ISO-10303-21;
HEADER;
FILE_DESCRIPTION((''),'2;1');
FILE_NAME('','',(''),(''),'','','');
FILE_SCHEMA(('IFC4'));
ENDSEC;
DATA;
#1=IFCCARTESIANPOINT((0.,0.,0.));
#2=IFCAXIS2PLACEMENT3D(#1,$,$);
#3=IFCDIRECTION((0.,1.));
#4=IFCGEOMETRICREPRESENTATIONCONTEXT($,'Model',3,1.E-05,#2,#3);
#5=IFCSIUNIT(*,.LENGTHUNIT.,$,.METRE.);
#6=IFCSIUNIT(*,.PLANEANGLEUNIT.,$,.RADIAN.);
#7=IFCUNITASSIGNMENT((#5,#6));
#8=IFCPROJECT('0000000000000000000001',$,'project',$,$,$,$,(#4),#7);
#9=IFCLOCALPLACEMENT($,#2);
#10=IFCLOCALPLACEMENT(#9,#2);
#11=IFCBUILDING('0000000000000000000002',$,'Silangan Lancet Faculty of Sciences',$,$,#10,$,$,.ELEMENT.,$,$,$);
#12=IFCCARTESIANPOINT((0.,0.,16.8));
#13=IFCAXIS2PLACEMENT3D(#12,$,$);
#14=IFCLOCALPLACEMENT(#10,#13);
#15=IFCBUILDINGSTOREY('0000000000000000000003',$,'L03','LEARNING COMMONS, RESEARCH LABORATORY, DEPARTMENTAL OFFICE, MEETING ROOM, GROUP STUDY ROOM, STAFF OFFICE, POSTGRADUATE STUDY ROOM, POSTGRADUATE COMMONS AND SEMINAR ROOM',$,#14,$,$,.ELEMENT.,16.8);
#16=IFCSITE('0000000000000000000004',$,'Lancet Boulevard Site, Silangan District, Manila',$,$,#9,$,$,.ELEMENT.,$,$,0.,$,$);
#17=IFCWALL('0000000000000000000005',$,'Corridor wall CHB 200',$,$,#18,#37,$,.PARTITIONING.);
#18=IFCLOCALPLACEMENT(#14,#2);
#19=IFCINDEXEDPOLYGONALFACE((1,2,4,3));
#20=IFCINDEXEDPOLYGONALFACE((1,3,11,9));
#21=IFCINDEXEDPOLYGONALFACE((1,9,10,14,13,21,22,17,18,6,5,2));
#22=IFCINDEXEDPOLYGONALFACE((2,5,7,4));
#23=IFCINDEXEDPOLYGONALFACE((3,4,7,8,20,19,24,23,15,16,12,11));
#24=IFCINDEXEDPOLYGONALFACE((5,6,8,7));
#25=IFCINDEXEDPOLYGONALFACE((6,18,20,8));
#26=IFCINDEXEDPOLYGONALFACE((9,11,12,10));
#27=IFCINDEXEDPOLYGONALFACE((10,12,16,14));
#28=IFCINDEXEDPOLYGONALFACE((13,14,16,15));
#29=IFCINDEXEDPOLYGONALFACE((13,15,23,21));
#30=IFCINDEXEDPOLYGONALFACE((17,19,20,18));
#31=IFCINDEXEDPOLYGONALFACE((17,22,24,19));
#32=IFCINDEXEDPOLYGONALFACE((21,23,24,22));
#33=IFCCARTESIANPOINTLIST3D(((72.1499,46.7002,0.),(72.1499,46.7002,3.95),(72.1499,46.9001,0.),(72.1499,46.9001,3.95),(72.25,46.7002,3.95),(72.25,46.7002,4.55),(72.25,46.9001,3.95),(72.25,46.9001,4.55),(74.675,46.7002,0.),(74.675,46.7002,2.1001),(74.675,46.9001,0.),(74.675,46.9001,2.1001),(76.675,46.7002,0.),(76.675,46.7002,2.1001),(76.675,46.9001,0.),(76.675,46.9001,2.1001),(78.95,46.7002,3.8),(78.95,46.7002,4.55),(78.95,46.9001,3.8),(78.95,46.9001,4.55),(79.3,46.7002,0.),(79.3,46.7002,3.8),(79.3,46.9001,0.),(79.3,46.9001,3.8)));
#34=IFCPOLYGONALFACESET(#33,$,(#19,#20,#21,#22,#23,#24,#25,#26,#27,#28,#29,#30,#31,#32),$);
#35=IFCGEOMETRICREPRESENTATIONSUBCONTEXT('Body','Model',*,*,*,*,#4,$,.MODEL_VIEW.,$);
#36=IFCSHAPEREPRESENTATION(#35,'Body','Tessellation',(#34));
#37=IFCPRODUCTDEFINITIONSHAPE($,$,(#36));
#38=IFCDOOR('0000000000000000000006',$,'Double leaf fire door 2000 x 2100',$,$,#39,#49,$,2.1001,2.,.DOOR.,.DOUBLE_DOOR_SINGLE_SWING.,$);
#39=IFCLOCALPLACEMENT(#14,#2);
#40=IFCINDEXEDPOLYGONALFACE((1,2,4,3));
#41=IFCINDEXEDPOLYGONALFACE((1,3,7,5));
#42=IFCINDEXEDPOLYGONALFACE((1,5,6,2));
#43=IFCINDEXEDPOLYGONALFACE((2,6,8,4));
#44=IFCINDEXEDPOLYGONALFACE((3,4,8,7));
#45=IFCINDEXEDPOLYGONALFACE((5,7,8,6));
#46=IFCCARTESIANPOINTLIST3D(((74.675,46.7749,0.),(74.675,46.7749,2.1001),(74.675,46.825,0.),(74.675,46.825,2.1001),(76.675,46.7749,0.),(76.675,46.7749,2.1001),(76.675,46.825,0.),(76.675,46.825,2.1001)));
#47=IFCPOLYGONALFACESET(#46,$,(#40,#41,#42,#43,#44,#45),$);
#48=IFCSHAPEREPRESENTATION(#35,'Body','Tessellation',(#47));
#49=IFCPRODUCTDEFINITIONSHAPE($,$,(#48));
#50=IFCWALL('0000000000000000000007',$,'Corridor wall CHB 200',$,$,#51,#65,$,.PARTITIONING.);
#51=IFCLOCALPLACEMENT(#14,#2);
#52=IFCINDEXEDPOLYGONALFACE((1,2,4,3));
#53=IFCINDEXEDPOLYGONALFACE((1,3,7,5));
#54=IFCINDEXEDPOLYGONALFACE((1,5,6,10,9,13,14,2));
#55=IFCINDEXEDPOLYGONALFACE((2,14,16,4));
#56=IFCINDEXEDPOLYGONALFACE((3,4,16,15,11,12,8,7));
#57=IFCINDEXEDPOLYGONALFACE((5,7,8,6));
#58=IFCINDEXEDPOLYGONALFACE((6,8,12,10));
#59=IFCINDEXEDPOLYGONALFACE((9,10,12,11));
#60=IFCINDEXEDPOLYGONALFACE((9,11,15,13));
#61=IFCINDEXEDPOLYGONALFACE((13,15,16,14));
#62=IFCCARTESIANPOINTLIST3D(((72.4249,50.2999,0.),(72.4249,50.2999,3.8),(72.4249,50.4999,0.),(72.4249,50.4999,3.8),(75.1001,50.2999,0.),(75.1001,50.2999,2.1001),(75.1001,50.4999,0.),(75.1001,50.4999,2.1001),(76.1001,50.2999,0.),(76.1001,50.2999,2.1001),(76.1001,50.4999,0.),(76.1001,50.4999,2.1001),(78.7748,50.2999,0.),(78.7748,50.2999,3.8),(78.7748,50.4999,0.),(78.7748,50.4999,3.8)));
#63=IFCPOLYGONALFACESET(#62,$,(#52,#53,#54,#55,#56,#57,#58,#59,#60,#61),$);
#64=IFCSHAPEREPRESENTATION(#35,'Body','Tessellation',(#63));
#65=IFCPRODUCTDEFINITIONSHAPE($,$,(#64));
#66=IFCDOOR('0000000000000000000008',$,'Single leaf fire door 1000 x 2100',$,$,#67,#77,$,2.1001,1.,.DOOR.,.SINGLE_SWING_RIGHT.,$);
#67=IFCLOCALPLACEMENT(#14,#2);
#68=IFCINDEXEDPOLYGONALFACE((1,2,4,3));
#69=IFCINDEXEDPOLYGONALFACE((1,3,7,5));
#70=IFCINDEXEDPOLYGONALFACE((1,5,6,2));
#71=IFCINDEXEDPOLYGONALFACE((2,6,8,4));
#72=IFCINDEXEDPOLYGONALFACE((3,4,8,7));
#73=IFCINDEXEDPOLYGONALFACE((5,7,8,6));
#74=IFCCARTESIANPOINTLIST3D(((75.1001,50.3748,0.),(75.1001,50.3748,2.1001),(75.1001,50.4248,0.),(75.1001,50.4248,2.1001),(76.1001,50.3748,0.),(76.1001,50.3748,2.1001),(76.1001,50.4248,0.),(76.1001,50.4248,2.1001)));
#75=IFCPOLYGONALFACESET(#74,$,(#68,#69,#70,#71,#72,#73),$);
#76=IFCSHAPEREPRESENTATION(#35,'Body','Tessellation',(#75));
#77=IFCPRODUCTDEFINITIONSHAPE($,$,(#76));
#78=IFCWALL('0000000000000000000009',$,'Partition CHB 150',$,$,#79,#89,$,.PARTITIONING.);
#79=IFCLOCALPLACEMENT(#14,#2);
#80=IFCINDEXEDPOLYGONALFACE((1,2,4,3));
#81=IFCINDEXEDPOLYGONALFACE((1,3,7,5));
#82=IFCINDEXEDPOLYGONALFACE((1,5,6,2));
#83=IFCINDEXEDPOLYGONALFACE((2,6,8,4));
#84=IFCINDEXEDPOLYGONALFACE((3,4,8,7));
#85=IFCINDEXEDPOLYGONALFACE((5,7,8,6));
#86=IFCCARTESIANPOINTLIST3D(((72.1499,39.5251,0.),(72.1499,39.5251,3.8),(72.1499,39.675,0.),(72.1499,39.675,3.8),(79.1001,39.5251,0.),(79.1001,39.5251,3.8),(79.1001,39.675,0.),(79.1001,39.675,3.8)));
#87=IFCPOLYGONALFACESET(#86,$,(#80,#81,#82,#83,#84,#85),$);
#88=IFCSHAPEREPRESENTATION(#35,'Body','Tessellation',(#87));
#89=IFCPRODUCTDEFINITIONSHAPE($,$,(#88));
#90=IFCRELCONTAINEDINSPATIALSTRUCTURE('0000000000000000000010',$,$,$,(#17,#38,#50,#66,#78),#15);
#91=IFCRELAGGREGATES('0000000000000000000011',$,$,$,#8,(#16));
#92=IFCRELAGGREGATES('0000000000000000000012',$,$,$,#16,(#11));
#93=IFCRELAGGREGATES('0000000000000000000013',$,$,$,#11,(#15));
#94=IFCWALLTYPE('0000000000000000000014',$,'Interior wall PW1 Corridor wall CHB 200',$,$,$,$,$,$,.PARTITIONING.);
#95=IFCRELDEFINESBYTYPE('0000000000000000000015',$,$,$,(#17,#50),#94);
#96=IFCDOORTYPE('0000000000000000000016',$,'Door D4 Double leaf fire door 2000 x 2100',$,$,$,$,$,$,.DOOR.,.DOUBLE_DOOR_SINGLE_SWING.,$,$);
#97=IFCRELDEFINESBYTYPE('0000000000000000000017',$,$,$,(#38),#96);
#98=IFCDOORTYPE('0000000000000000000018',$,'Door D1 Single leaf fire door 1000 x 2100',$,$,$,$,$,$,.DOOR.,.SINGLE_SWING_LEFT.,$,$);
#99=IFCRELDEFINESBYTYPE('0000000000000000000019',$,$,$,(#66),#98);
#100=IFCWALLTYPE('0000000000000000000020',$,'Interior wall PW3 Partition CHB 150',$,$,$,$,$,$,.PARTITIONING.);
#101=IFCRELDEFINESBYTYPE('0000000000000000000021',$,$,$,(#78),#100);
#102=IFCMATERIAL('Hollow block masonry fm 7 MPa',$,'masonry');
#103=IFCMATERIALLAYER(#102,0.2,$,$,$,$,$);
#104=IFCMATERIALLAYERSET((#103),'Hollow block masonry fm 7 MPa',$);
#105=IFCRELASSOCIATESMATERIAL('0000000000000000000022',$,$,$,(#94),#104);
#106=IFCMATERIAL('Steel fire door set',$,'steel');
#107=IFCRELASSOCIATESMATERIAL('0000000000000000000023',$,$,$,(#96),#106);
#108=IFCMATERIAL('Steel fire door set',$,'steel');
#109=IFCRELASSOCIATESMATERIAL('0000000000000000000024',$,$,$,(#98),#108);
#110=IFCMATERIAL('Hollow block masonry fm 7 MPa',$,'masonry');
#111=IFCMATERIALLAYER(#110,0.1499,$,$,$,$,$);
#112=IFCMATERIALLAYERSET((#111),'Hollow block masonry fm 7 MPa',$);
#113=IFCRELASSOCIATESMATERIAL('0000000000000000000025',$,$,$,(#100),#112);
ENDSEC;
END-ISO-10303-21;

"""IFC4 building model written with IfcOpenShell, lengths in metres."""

from ifc_helpers import new_model, si_unit, direction, frame, frame_2d, origin, place, context, subcontext, project, spatial, polyline, rectangle, outline, extrude, material, layer, layer_set, type_object, element, fill, save


model = new_model("IFC4")

# Units and contexts
model_context = context("Model", 3, precision=1e-05, world=origin(), true_north=direction((0.0, 1.0)))
body_context = subcontext(model_context, "Body", "Model", "MODEL_VIEW")
ifc_project = project(units=[si_unit("LENGTHUNIT", "METRE"), si_unit("PLANEANGLEUNIT", "RADIAN")], contexts=[model_context])

# Site, building, storey
site_placement = place(None, origin())
site = spatial("IfcSite", under=ifc_project, at=site_placement, Name="Lancet Boulevard Site, Silangan District, Manila", CompositionType="ELEMENT", RefElevation=0.0)
building_placement = place(site_placement, origin())
building = spatial("IfcBuilding", under=site, at=building_placement, Name="Silangan Lancet Faculty of Sciences", CompositionType="ELEMENT")
storey_placement = place(building_placement, frame((0.0, 0.0, 16.8)))
storey = spatial("IfcBuildingStorey", under=building, at=storey_placement, Name="L03", Description="LEARNING COMMONS, RESEARCH LABORATORY, DEPARTMENTAL OFFICE, MEETING ROOM, GROUP STUDY ROOM, STAFF OFFICE, POSTGRADUATE STUDY ROOM, POSTGRADUATE COMMONS AND SEMINAR ROOM", CompositionType="ELEMENT", Elevation=16.8)

# Walls, openings, doors
ifc_material_1 = material(Name="Hollow block masonry fm 7 MPa", Category="masonry")
ifc_layer_1 = layer(ifc_material_1, 0.2)
ifc_layer_set_1 = layer_set([ifc_layer_1], Name="Hollow block masonry fm 7 MPa")
wall_type_1 = type_object("IfcWallType", Name="Interior wall PW1 Corridor wall CHB 200", PredefinedType="PARTITIONING", material=ifc_layer_set_1)
wall_1_placement = place(storey_placement, frame((72.1499, 46.8, 0.0), z_axis=(0.0, 0.0, 1.0), x_axis=(1.0, 0.0, 0.0)))
wall_1 = element("IfcWall", 1, at=wall_1_placement, inside=storey, type_object=wall_type_1, Name="Corridor wall CHB 200", PredefinedType="PARTITIONING", context=body_context, shape_type="SweptSolid", body=[
    extrude(outline(polyline([(0.0, 0.0), (7.1501, 0.0), (7.1501, 3.8), (6.8, 3.8), (6.8, 4.55), (0.1001, 4.55), (0.1001, 3.95), (0.0, 3.95), (0.0, 0.0)])), frame((0.0, 0.1001, 0.0), z_axis=(0.0, -1.0, 0.0), x_axis=(1.0, 0.0, 0.0)), (0.0, 0.0, 1.0), 0.2),
])
opening_1_placement = place(wall_1_placement, frame((2.5251, 0.0, 0.0)))
opening_1 = element("IfcOpeningElement", 2, at=opening_1_placement, cuts=wall_1, PredefinedType="OPENING", context=body_context, shape_type="SweptSolid", body=[
    extrude(rectangle(XDim=2.0, YDim=2.1001, at=frame_2d((1.0, 1.05))), frame((0.0, 0.1099, 0.0), z_axis=(0.0, -1.0, 0.0), x_axis=(1.0, 0.0, 0.0)), (0.0, 0.0, 1.0), 0.22),
])
ifc_material_2 = material(Name="Steel fire door set", Category="steel")
door_type_1 = type_object("IfcDoorType", Name="Door D4 Double leaf fire door 2000 x 2100", OperationType="DOUBLE_DOOR_SINGLE_SWING", PredefinedType="DOOR", material=ifc_material_2)
door_1_placement = place(opening_1_placement, origin())
door_1 = element("IfcDoor", 3, at=door_1_placement, inside=storey, type_object=door_type_1, Name="Double leaf fire door 2000 x 2100", OperationType="DOUBLE_DOOR_SINGLE_SWING", OverallHeight=2.1001, OverallWidth=2.0, PredefinedType="DOOR", context=body_context, shape_type="SweptSolid", body=[
    extrude(rectangle(XDim=2.0, YDim=2.1001, at=frame_2d((1.0, 1.05))), frame((0.0, 0.0249, 0.0), z_axis=(0.0, -1.0, 0.0), x_axis=(1.0, 0.0, 0.0)), (0.0, 0.0, 1.0), 0.05),
])
fill(opening_1, door_1)
wall_2_placement = place(storey_placement, frame((72.425, 50.3999, 0.0), z_axis=(0.0, 0.0, 1.0), x_axis=(1.0, 0.0, 0.0)))
wall_2 = element("IfcWall", 4, at=wall_2_placement, inside=storey, type_object=wall_type_1, Name="Corridor wall CHB 200", PredefinedType="PARTITIONING", context=body_context, shape_type="SweptSolid", body=[
    extrude(rectangle(XDim=6.3499, YDim=0.2, at=frame_2d((3.1748, 0.0))), origin(), (0.0, 0.0, 1.0), 3.8),
])
opening_2_placement = place(wall_2_placement, frame((2.675, 0.0, 0.0)))
opening_2 = element("IfcOpeningElement", 5, at=opening_2_placement, cuts=wall_2, PredefinedType="OPENING", context=body_context, shape_type="SweptSolid", body=[
    extrude(rectangle(XDim=1.0, YDim=2.1001, at=frame_2d((0.5, 1.05))), frame((0.0, 0.1099, 0.0), z_axis=(0.0, -1.0, 0.0), x_axis=(1.0, 0.0, 0.0)), (0.0, 0.0, 1.0), 0.22),
])
ifc_material_3 = material(Name="Steel fire door set", Category="steel")
door_type_2 = type_object("IfcDoorType", Name="Door D1 Single leaf fire door 1000 x 2100", OperationType="SINGLE_SWING_LEFT", PredefinedType="DOOR", material=ifc_material_3)
door_2_placement = place(opening_2_placement, origin())
door_2 = element("IfcDoor", 6, at=door_2_placement, inside=storey, type_object=door_type_2, Name="Single leaf fire door 1000 x 2100", OperationType="SINGLE_SWING_RIGHT", OverallHeight=2.1001, OverallWidth=1.0, PredefinedType="DOOR", context=body_context, shape_type="SweptSolid", body=[
    extrude(rectangle(XDim=1.0, YDim=2.1001, at=frame_2d((0.5, 1.05))), frame((0.0, 0.0249, 0.0), z_axis=(0.0, -1.0, 0.0), x_axis=(1.0, 0.0, 0.0)), (0.0, 0.0, 1.0), 0.05),
])
fill(opening_2, door_2)

# Wall
ifc_material_4 = material(Name="Hollow block masonry fm 7 MPa", Category="masonry")
ifc_layer_2 = layer(ifc_material_4, 0.1499)
ifc_layer_set_2 = layer_set([ifc_layer_2], Name="Hollow block masonry fm 7 MPa")
wall_type_2 = type_object("IfcWallType", Name="Interior wall PW3 Partition CHB 150", PredefinedType="PARTITIONING", material=ifc_layer_set_2)
wall_3_placement = place(storey_placement, frame((72.1499, 39.6001, 0.0), z_axis=(0.0, 0.0, 1.0), x_axis=(1.0, 0.0, 0.0)))
element("IfcWall", 7, at=wall_3_placement, inside=storey, type_object=wall_type_2, Name="Partition CHB 150", PredefinedType="PARTITIONING", context=body_context, shape_type="SweptSolid", body=[
    extrude(rectangle(XDim=6.9502, YDim=0.1499, at=frame_2d((3.4751, 0.0))), origin(), (0.0, 0.0, 1.0), 3.8),
])

save(model, "model.ifc")
